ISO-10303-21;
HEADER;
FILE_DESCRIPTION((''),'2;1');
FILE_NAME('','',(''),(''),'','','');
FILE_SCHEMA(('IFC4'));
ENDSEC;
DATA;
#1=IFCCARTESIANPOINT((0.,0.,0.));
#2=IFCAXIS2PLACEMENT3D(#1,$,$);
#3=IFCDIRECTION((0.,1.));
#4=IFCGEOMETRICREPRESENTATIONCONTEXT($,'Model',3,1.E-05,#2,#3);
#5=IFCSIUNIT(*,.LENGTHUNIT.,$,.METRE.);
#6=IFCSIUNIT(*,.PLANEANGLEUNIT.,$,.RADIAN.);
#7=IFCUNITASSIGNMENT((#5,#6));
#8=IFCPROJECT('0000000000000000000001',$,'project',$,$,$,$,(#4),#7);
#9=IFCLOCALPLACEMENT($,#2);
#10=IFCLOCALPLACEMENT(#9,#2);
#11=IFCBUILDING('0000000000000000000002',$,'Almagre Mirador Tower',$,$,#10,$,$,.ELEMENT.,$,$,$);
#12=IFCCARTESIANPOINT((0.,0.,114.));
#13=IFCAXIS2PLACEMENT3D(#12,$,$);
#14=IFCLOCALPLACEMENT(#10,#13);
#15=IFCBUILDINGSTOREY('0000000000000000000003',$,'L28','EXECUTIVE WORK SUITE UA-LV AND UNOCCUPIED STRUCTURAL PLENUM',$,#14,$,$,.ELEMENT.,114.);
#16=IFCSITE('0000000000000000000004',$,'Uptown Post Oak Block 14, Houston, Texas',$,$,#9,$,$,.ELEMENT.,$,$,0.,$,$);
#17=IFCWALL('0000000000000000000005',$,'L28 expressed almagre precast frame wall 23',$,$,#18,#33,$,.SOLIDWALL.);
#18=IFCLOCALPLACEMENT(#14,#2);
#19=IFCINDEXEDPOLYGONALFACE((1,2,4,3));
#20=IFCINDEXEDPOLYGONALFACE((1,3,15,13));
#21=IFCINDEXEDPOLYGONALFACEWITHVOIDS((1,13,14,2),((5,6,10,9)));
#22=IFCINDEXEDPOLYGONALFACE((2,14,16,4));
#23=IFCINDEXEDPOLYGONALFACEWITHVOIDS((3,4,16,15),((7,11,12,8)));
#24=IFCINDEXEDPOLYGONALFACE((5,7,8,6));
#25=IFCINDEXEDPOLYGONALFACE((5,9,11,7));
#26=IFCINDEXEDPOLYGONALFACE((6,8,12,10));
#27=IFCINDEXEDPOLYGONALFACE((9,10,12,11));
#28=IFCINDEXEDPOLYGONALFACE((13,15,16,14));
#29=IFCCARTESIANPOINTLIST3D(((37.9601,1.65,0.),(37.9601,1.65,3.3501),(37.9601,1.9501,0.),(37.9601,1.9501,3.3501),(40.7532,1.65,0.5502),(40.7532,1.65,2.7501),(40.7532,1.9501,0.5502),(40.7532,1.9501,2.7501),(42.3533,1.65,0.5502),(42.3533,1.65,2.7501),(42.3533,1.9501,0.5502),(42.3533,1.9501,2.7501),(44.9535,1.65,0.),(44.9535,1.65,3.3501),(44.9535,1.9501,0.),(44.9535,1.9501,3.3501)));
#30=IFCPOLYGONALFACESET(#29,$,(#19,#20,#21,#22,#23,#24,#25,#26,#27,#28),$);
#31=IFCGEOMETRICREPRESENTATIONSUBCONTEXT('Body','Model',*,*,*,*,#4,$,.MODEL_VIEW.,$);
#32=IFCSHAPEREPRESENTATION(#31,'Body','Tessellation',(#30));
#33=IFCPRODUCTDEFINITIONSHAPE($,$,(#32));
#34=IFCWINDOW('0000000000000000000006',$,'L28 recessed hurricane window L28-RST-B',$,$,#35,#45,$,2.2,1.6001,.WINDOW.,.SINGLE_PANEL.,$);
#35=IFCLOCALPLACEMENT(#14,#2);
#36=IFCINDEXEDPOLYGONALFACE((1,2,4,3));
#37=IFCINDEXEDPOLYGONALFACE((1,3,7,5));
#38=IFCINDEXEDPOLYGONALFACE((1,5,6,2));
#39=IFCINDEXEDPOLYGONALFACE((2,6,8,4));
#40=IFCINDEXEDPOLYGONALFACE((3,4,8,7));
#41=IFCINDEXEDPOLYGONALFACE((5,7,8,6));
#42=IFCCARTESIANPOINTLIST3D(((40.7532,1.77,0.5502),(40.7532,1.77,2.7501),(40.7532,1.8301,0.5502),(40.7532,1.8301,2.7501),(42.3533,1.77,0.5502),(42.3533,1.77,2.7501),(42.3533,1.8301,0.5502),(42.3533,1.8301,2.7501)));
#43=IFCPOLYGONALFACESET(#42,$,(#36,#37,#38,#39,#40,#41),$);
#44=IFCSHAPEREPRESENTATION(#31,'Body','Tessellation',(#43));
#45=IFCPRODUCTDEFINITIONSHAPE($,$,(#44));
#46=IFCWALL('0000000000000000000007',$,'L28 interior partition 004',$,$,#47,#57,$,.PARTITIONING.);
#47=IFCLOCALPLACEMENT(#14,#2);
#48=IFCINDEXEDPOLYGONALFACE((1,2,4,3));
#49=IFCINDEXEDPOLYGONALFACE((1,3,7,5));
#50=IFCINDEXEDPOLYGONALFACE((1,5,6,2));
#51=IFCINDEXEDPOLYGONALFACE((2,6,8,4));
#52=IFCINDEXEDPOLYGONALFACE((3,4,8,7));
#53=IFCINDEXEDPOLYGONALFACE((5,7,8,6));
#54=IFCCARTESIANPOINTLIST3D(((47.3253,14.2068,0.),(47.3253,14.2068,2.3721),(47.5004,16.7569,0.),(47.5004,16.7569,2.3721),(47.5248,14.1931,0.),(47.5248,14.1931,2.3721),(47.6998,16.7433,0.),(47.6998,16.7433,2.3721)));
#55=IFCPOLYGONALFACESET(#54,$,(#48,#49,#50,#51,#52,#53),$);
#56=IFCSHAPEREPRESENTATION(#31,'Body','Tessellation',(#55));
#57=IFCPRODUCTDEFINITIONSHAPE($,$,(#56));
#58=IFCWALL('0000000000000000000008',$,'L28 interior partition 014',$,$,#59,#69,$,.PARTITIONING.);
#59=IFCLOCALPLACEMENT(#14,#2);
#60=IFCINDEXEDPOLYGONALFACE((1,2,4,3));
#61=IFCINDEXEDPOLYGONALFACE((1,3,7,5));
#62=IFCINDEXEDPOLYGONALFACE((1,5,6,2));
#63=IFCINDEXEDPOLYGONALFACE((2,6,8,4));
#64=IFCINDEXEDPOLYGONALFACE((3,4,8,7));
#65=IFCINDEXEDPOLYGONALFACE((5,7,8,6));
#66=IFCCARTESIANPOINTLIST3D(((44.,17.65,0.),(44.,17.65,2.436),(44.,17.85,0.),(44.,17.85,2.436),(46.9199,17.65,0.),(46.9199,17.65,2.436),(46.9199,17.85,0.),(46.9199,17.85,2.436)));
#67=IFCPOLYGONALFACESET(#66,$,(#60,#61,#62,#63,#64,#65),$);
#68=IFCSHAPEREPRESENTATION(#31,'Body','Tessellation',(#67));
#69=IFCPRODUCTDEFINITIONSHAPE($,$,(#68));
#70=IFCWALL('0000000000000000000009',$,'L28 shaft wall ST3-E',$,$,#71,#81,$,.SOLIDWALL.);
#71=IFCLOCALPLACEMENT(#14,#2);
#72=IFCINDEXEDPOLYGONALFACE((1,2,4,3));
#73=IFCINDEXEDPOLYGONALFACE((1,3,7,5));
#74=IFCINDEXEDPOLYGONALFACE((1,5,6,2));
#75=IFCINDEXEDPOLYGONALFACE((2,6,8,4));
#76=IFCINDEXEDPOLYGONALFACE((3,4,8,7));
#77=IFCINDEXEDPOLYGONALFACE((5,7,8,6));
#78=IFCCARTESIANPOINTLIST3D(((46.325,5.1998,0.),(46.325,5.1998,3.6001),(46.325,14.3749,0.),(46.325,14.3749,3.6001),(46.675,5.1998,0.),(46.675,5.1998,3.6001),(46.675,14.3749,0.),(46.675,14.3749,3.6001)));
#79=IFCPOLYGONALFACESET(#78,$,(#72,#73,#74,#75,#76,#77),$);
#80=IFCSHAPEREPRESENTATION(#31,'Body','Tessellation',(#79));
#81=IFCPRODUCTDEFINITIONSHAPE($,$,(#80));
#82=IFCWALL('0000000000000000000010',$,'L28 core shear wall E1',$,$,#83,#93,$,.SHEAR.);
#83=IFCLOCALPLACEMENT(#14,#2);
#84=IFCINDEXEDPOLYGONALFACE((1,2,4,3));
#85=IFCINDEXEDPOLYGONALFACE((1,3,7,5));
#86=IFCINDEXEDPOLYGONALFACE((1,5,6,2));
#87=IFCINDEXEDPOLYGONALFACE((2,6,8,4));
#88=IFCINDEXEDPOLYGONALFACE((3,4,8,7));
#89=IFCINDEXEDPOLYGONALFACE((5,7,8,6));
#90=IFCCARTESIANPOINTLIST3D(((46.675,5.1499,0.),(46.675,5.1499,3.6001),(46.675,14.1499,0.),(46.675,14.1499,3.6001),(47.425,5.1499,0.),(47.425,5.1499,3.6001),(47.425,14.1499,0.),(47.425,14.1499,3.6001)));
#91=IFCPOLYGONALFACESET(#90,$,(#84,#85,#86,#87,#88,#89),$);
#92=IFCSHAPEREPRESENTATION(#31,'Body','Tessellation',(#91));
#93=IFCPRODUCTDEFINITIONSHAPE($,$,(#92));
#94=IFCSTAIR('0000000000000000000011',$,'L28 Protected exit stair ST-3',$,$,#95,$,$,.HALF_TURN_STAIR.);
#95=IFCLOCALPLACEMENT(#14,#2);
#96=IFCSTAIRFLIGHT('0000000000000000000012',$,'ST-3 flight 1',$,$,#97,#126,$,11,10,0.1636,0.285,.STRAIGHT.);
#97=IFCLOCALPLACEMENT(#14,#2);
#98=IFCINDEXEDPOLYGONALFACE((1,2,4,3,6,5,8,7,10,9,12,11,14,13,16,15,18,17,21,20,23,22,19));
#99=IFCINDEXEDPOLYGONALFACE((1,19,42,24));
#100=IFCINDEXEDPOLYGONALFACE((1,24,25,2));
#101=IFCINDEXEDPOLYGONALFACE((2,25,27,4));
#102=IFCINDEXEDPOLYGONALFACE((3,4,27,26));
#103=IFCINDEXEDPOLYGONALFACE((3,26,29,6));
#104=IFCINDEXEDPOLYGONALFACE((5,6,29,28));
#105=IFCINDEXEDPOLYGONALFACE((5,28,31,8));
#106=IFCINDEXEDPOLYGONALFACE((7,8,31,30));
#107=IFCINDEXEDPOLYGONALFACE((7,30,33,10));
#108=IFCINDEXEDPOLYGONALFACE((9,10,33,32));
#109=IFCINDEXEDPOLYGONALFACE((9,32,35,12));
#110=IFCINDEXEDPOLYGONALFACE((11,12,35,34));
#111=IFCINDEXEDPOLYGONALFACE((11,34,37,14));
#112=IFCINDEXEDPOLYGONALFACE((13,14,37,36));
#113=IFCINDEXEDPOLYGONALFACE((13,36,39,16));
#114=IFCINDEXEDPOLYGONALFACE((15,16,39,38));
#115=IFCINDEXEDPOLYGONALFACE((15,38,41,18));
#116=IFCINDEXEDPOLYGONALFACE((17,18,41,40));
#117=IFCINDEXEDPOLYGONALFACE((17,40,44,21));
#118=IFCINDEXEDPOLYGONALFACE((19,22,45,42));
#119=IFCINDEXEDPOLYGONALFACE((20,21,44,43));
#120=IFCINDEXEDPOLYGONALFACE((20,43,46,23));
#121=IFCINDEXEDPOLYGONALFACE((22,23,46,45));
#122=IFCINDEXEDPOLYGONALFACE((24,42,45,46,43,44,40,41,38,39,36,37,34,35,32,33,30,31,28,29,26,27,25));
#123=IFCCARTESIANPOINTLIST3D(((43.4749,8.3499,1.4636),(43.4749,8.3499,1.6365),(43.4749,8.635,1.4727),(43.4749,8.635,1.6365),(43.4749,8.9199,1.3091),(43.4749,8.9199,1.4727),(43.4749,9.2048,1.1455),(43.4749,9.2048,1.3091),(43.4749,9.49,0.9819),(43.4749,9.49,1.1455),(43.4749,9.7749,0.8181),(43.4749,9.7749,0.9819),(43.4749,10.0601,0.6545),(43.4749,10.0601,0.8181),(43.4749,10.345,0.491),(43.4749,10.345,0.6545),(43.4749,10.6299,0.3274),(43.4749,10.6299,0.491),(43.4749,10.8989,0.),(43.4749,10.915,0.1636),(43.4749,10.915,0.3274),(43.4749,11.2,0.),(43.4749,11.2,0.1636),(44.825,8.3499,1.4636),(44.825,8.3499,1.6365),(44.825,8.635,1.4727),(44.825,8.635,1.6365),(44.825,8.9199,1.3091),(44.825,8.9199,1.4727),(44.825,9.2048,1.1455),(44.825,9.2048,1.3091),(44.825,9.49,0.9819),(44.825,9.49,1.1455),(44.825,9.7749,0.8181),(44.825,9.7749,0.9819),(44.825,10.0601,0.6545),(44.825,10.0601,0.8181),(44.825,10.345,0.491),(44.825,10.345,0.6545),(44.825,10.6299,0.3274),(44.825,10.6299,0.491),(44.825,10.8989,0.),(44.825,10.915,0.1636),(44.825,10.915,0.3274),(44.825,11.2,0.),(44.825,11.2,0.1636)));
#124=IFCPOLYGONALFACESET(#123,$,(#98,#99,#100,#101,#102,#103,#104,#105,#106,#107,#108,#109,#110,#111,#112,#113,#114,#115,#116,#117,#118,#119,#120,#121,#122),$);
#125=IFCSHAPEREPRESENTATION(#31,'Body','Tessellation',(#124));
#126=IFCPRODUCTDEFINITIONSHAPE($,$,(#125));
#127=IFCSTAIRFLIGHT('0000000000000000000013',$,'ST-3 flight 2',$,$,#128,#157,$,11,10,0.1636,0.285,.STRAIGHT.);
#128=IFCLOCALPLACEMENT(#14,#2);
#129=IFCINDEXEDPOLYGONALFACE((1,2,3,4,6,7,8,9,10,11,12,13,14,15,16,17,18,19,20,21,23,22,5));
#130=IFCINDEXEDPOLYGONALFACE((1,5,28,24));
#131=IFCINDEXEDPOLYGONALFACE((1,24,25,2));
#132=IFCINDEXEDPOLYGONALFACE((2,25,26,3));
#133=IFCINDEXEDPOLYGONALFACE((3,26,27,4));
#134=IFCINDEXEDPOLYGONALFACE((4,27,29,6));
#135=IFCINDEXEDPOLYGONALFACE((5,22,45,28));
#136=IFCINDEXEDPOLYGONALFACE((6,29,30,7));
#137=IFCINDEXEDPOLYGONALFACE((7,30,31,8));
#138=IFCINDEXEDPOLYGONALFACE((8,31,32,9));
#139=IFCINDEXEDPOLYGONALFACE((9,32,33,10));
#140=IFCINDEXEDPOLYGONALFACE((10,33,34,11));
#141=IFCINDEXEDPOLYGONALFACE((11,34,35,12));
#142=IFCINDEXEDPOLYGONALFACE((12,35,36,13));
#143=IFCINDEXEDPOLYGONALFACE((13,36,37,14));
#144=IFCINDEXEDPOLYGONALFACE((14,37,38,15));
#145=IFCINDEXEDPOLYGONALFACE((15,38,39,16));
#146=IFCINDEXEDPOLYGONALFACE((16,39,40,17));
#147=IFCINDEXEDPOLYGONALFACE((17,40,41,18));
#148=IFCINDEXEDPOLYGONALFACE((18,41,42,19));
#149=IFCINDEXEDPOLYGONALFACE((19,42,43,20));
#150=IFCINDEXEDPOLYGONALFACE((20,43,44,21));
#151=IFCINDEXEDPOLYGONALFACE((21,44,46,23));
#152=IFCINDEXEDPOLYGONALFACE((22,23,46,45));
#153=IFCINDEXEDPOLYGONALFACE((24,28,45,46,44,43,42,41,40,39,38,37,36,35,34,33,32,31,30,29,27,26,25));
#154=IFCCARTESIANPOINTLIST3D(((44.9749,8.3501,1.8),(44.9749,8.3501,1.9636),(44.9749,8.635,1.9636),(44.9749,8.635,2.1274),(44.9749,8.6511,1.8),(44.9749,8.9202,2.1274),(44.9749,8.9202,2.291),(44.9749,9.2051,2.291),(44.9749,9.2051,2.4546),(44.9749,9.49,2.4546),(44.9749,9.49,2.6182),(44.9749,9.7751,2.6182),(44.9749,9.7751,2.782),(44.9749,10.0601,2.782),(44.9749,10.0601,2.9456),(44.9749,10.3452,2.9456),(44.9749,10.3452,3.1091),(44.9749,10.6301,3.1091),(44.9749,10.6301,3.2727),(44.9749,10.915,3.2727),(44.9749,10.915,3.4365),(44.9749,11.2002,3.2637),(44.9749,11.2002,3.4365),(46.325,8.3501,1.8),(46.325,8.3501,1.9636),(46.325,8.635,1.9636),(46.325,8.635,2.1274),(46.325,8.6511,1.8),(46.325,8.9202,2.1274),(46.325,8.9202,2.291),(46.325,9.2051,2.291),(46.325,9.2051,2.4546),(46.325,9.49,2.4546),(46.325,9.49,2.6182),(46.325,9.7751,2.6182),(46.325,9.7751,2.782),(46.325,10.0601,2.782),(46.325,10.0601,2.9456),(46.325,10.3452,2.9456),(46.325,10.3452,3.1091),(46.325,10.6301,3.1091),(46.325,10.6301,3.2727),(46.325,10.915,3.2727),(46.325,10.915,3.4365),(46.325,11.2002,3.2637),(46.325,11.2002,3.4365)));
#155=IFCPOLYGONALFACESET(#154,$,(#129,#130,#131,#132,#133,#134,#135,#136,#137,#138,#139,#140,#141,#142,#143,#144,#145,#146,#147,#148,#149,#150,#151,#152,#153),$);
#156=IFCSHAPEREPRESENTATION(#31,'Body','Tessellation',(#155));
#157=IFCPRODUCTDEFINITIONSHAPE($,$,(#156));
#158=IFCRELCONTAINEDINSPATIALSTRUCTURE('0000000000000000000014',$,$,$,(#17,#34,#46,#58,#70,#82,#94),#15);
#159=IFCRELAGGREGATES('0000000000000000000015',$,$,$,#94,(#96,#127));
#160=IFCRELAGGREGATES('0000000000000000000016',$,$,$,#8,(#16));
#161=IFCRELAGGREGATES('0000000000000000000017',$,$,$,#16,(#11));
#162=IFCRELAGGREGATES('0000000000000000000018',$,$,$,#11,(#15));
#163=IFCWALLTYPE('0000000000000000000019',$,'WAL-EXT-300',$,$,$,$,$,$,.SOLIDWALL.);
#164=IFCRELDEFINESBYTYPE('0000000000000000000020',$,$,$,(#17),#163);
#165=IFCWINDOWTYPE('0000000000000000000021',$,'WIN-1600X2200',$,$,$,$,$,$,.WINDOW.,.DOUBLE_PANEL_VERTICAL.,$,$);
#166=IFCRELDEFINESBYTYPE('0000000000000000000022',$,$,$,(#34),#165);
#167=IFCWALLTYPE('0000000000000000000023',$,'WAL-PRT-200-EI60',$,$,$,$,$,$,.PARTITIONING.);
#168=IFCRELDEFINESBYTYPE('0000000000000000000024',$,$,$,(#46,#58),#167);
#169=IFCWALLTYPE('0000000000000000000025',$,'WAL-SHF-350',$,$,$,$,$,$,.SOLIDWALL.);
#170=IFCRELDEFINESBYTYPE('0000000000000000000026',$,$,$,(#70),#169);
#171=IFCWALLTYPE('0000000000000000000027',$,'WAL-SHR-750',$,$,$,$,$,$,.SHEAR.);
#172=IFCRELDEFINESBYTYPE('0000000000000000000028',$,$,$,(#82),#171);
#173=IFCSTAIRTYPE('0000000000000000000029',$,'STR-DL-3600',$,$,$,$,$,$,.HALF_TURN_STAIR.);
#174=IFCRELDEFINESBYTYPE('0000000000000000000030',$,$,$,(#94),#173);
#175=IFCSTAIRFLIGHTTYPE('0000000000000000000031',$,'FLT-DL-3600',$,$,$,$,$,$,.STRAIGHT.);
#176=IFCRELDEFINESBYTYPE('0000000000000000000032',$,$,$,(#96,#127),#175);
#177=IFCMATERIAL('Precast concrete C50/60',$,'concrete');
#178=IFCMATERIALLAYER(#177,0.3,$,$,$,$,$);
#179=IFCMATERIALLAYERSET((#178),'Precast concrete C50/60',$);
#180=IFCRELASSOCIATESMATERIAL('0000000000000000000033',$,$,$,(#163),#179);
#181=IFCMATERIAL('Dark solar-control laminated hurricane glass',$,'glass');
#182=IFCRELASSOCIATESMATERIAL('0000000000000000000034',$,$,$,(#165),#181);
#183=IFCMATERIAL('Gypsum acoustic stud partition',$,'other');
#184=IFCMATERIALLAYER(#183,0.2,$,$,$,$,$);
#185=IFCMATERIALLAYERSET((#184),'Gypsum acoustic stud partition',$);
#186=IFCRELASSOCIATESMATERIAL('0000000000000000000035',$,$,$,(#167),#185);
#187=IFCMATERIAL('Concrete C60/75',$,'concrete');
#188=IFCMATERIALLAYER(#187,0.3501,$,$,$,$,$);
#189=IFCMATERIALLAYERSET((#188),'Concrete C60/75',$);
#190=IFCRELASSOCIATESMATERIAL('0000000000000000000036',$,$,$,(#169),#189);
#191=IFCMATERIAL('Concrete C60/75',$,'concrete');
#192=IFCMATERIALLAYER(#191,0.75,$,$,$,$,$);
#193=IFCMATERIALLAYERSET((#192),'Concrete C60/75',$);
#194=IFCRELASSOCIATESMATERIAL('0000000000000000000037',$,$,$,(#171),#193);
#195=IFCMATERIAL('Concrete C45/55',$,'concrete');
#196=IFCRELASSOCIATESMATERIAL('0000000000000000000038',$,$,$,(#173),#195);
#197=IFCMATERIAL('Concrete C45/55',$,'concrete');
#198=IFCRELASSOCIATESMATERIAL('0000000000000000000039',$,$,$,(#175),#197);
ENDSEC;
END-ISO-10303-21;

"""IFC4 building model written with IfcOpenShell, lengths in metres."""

from ifc_helpers import new_model, si_unit, direction, frame, frame_2d, origin, place, context, subcontext, project, spatial, polyline, rectangle, outline, extrude, material, layer, layer_set, type_object, element, fill, aggregate, save


model = new_model("IFC4")

# Units and contexts
model_context = context("Model", 3, precision=1e-05, world=origin(), true_north=direction((0.0, 1.0)))
body_context = subcontext(model_context, "Body", "Model", "MODEL_VIEW")
ifc_project = project(units=[si_unit("LENGTHUNIT", "METRE"), si_unit("PLANEANGLEUNIT", "RADIAN")], contexts=[model_context])

# Site, building, storey
site_placement = place(None, origin())
site = spatial("IfcSite", under=ifc_project, at=site_placement, Name="Uptown Post Oak Block 14, Houston, Texas", CompositionType="ELEMENT", RefElevation=0.0)
building_placement = place(site_placement, origin())
building = spatial("IfcBuilding", under=site, at=building_placement, Name="Almagre Mirador Tower", CompositionType="ELEMENT")
storey_placement = place(building_placement, frame((0.0, 0.0, 114.0)))
storey = spatial("IfcBuildingStorey", under=building, at=storey_placement, Name="L28", Description="EXECUTIVE WORK SUITE UA-LV AND UNOCCUPIED STRUCTURAL PLENUM", CompositionType="ELEMENT", Elevation=114.0)

# Wall, opening, window
ifc_material_1 = material(Name="Precast concrete C50/60", Category="concrete")
ifc_layer_1 = layer(ifc_material_1, 0.3)
ifc_layer_set_1 = layer_set([ifc_layer_1], Name="Precast concrete C50/60")
wall_type_1 = type_object("IfcWallType", Name="WAL-EXT-300", PredefinedType="SOLIDWALL", material=ifc_layer_set_1)
wall_1_placement = place(storey_placement, frame((44.9534, 1.8, 0.0), z_axis=(0.0, 0.0, 1.0), x_axis=(-1.0, 0.0, 0.0)))
wall_1 = element("IfcWall", 1, at=wall_1_placement, inside=storey, type_object=wall_type_1, Name="L28 expressed almagre precast frame wall 23", PredefinedType="SOLIDWALL", context=body_context, shape_type="SweptSolid", body=[
    extrude(rectangle(XDim=6.9934, YDim=0.3, at=frame_2d((3.4966, 0.0))), origin(), (0.0, 0.0, 1.0), 3.3501),
])
opening_placement = place(wall_1_placement, frame((2.6001, 0.0, 0.55)))
opening = element("IfcOpeningElement", 2, at=opening_placement, cuts=wall_1, PredefinedType="OPENING", context=body_context, shape_type="SweptSolid", body=[
    extrude(rectangle(XDim=1.6001, YDim=2.2, at=frame_2d((0.8, 1.1001))), frame((0.0, 0.1599, 0.0), z_axis=(0.0, -1.0, 0.0), x_axis=(1.0, 0.0, 0.0)), (0.0, 0.0, 1.0), 0.32),
])
ifc_material_2 = material(Name="Dark solar-control laminated hurricane glass", Category="glass")
window_type = type_object("IfcWindowType", Name="WIN-1600X2200", PartitioningType="DOUBLE_PANEL_VERTICAL", PredefinedType="WINDOW", material=ifc_material_2)
window_placement = place(opening_placement, origin())
window = element("IfcWindow", 3, at=window_placement, inside=storey, type_object=window_type, Name="L28 recessed hurricane window L28-RST-B", OverallHeight=2.2, OverallWidth=1.6001, PartitioningType="SINGLE_PANEL", PredefinedType="WINDOW", context=body_context, shape_type="SweptSolid", body=[
    extrude(rectangle(XDim=1.6001, YDim=2.2, at=frame_2d((0.8, 1.1001))), frame((0.0, 0.03, 0.0), z_axis=(0.0, -1.0, 0.0), x_axis=(1.0, 0.0, 0.0)), (0.0, 0.0, 1.0), 0.0601),
])
fill(opening, window)

# Walls
ifc_material_3 = material(Name="Gypsum acoustic stud partition", Category="other")
ifc_layer_2 = layer(ifc_material_3, 0.2)
ifc_layer_set_2 = layer_set([ifc_layer_2], Name="Gypsum acoustic stud partition")
wall_type_2 = type_object("IfcWallType", Name="WAL-PRT-200-EI60", PredefinedType="PARTITIONING", material=ifc_layer_set_2)
wall_2_placement = place(storey_placement, frame((47.425, 14.2, 0.0), z_axis=(0.0, 0.0, 1.0), x_axis=(0.068484, 0.997652, 0.0)))
element("IfcWall", 4, at=wall_2_placement, inside=storey, type_object=wall_type_2, Name="L28 interior partition 004", PredefinedType="PARTITIONING", context=body_context, shape_type="SweptSolid", body=[
    extrude(rectangle(XDim=2.5562, YDim=0.2, at=frame_2d((1.2781, 0.0))), origin(), (0.0, 0.0, 1.0), 2.3721),
])
wall_3_placement = place(storey_placement, frame((46.9199, 17.75, 0.0), z_axis=(0.0, 0.0, 1.0), x_axis=(-1.0, 0.0, 0.0)))
element("IfcWall", 5, at=wall_3_placement, inside=storey, type_object=wall_type_2, Name="L28 interior partition 014", PredefinedType="PARTITIONING", context=body_context, shape_type="SweptSolid", body=[
    extrude(rectangle(XDim=2.9199, YDim=0.2, at=frame_2d((1.46, 0.0))), origin(), (0.0, 0.0, 1.0), 2.436),
])
ifc_material_4 = material(Name="Concrete C60/75", Category="concrete")
ifc_layer_3 = layer(ifc_material_4, 0.3501)
ifc_layer_set_3 = layer_set([ifc_layer_3], Name="Concrete C60/75")
wall_type_3 = type_object("IfcWallType", Name="WAL-SHF-350", PredefinedType="SOLIDWALL", material=ifc_layer_set_3)
wall_4_placement = place(storey_placement, frame((46.5, 5.2, 0.0), z_axis=(0.0, 0.0, 1.0), x_axis=(0.0, 1.0, 0.0)))
element("IfcWall", 6, at=wall_4_placement, inside=storey, type_object=wall_type_3, Name="L28 shaft wall ST3-E", PredefinedType="SOLIDWALL", context=body_context, shape_type="SweptSolid", body=[
    extrude(rectangle(XDim=9.175, YDim=0.3501, at=frame_2d((4.5874, 0.0))), origin(), (0.0, 0.0, 1.0), 3.6001),
])
ifc_material_5 = material(Name="Concrete C60/75", Category="concrete")
ifc_layer_4 = layer(ifc_material_5, 0.75)
ifc_layer_set_4 = layer_set([ifc_layer_4], Name="Concrete C60/75")
wall_type_4 = type_object("IfcWallType", Name="WAL-SHR-750", PredefinedType="SHEAR", material=ifc_layer_set_4)
wall_5_placement = place(storey_placement, frame((47.05, 5.1499, 0.0), z_axis=(0.0, 0.0, 1.0), x_axis=(0.0, 1.0, 0.0)))
element("IfcWall", 7, at=wall_5_placement, inside=storey, type_object=wall_type_4, Name="L28 core shear wall E1", PredefinedType="SHEAR", context=body_context, shape_type="SweptSolid", body=[
    extrude(rectangle(XDim=9.0, YDim=0.75, at=frame_2d((4.5, 0.0))), origin(), (0.0, 0.0, 1.0), 3.6001),
])

# Stair, stair flights
ifc_material_6 = material(Name="Concrete C45/55", Category="concrete")
stair_type = type_object("IfcStairType", Name="STR-DL-3600", PredefinedType="HALF_TURN_STAIR", material=ifc_material_6)
stair_placement = place(storey_placement, origin())
stair = element("IfcStair", 8, at=stair_placement, inside=storey, type_object=stair_type, Name="L28 Protected exit stair ST-3", PredefinedType="HALF_TURN_STAIR")
ifc_material_7 = material(Name="Concrete C45/55", Category="concrete")
stair_flight_type = type_object("IfcStairFlightType", Name="FLT-DL-3600", PredefinedType="STRAIGHT", material=ifc_material_7)
stair_flight_1_placement = place(storey_placement, frame((44.1499, 11.2, 0.0), z_axis=(0.0, 0.0, 1.0), x_axis=(0.0, -1.0, 0.0)))
stair_flight_1 = element("IfcStairFlight", 9, at=stair_flight_1_placement, type_object=stair_flight_type, Name="ST-3 flight 1", NumberOfRisers=11, NumberOfTreads=10, PredefinedType="STRAIGHT", RiserHeight=0.1636, TreadLength=0.285, context=body_context, shape_type="SweptSolid", body=[
    extrude(outline(polyline([(0.0, 0.0), (0.0, 0.1636), (0.2849, 0.1636), (0.2849, 0.3274), (0.5701, 0.3274), (0.5701, 0.491), (0.855, 0.491), (0.855, 0.6545), (1.1399, 0.6545), (1.1399, 0.8181), (1.425, 0.8181), (1.425, 0.9819), (1.71, 0.9819), (1.71, 1.1455), (1.9951, 1.1455), (1.9951, 1.3091), (2.28, 1.3091), (2.28, 1.4727), (2.5649, 1.4727), (2.5649, 1.6365), (2.8501, 1.6365), (2.8501, 1.8), (2.8501, 1.4636), (0.301, 0.0), (0.0, 0.0)])), frame((0.0, 0.675, 0.0), z_axis=(0.0, -1.0, 0.0), x_axis=(1.0, 0.0, 0.0)), (0.0, 0.0, 1.0), 1.3501),
])
stair_flight_2_placement = place(storey_placement, frame((45.6499, 8.3501, 1.8), z_axis=(0.0, 0.0, 1.0), x_axis=(0.0, 1.0, 0.0)))
stair_flight_2 = element("IfcStairFlight", 10, at=stair_flight_2_placement, type_object=stair_flight_type, Name="ST-3 flight 2", NumberOfRisers=11, NumberOfTreads=10, PredefinedType="STRAIGHT", RiserHeight=0.1636, TreadLength=0.285, context=body_context, shape_type="SweptSolid", body=[
    extrude(outline(polyline([(0.0, 0.0), (0.0, 0.1636), (0.2849, 0.1636), (0.2849, 0.3274), (0.5701, 0.3274), (0.5701, 0.491), (0.855, 0.491), (0.855, 0.6545), (1.1399, 0.6545), (1.1399, 0.8181), (1.425, 0.8181), (1.425, 0.9819), (1.71, 0.9819), (1.71, 1.1455), (1.9951, 1.1455), (1.9951, 1.3091), (2.28, 1.3091), (2.28, 1.4727), (2.5649, 1.4727), (2.5649, 1.6365), (2.8501, 1.6365), (2.8501, 1.8), (2.8501, 1.4636), (0.301, 0.0), (0.0, 0.0)])), frame((0.0, 0.675, 0.0), z_axis=(0.0, -1.0, 0.0), x_axis=(1.0, 0.0, 0.0)), (0.0, 0.0, 1.0), 1.3501),
])
aggregate(stair, [stair_flight_1, stair_flight_2])

save(model, "model.ifc")
